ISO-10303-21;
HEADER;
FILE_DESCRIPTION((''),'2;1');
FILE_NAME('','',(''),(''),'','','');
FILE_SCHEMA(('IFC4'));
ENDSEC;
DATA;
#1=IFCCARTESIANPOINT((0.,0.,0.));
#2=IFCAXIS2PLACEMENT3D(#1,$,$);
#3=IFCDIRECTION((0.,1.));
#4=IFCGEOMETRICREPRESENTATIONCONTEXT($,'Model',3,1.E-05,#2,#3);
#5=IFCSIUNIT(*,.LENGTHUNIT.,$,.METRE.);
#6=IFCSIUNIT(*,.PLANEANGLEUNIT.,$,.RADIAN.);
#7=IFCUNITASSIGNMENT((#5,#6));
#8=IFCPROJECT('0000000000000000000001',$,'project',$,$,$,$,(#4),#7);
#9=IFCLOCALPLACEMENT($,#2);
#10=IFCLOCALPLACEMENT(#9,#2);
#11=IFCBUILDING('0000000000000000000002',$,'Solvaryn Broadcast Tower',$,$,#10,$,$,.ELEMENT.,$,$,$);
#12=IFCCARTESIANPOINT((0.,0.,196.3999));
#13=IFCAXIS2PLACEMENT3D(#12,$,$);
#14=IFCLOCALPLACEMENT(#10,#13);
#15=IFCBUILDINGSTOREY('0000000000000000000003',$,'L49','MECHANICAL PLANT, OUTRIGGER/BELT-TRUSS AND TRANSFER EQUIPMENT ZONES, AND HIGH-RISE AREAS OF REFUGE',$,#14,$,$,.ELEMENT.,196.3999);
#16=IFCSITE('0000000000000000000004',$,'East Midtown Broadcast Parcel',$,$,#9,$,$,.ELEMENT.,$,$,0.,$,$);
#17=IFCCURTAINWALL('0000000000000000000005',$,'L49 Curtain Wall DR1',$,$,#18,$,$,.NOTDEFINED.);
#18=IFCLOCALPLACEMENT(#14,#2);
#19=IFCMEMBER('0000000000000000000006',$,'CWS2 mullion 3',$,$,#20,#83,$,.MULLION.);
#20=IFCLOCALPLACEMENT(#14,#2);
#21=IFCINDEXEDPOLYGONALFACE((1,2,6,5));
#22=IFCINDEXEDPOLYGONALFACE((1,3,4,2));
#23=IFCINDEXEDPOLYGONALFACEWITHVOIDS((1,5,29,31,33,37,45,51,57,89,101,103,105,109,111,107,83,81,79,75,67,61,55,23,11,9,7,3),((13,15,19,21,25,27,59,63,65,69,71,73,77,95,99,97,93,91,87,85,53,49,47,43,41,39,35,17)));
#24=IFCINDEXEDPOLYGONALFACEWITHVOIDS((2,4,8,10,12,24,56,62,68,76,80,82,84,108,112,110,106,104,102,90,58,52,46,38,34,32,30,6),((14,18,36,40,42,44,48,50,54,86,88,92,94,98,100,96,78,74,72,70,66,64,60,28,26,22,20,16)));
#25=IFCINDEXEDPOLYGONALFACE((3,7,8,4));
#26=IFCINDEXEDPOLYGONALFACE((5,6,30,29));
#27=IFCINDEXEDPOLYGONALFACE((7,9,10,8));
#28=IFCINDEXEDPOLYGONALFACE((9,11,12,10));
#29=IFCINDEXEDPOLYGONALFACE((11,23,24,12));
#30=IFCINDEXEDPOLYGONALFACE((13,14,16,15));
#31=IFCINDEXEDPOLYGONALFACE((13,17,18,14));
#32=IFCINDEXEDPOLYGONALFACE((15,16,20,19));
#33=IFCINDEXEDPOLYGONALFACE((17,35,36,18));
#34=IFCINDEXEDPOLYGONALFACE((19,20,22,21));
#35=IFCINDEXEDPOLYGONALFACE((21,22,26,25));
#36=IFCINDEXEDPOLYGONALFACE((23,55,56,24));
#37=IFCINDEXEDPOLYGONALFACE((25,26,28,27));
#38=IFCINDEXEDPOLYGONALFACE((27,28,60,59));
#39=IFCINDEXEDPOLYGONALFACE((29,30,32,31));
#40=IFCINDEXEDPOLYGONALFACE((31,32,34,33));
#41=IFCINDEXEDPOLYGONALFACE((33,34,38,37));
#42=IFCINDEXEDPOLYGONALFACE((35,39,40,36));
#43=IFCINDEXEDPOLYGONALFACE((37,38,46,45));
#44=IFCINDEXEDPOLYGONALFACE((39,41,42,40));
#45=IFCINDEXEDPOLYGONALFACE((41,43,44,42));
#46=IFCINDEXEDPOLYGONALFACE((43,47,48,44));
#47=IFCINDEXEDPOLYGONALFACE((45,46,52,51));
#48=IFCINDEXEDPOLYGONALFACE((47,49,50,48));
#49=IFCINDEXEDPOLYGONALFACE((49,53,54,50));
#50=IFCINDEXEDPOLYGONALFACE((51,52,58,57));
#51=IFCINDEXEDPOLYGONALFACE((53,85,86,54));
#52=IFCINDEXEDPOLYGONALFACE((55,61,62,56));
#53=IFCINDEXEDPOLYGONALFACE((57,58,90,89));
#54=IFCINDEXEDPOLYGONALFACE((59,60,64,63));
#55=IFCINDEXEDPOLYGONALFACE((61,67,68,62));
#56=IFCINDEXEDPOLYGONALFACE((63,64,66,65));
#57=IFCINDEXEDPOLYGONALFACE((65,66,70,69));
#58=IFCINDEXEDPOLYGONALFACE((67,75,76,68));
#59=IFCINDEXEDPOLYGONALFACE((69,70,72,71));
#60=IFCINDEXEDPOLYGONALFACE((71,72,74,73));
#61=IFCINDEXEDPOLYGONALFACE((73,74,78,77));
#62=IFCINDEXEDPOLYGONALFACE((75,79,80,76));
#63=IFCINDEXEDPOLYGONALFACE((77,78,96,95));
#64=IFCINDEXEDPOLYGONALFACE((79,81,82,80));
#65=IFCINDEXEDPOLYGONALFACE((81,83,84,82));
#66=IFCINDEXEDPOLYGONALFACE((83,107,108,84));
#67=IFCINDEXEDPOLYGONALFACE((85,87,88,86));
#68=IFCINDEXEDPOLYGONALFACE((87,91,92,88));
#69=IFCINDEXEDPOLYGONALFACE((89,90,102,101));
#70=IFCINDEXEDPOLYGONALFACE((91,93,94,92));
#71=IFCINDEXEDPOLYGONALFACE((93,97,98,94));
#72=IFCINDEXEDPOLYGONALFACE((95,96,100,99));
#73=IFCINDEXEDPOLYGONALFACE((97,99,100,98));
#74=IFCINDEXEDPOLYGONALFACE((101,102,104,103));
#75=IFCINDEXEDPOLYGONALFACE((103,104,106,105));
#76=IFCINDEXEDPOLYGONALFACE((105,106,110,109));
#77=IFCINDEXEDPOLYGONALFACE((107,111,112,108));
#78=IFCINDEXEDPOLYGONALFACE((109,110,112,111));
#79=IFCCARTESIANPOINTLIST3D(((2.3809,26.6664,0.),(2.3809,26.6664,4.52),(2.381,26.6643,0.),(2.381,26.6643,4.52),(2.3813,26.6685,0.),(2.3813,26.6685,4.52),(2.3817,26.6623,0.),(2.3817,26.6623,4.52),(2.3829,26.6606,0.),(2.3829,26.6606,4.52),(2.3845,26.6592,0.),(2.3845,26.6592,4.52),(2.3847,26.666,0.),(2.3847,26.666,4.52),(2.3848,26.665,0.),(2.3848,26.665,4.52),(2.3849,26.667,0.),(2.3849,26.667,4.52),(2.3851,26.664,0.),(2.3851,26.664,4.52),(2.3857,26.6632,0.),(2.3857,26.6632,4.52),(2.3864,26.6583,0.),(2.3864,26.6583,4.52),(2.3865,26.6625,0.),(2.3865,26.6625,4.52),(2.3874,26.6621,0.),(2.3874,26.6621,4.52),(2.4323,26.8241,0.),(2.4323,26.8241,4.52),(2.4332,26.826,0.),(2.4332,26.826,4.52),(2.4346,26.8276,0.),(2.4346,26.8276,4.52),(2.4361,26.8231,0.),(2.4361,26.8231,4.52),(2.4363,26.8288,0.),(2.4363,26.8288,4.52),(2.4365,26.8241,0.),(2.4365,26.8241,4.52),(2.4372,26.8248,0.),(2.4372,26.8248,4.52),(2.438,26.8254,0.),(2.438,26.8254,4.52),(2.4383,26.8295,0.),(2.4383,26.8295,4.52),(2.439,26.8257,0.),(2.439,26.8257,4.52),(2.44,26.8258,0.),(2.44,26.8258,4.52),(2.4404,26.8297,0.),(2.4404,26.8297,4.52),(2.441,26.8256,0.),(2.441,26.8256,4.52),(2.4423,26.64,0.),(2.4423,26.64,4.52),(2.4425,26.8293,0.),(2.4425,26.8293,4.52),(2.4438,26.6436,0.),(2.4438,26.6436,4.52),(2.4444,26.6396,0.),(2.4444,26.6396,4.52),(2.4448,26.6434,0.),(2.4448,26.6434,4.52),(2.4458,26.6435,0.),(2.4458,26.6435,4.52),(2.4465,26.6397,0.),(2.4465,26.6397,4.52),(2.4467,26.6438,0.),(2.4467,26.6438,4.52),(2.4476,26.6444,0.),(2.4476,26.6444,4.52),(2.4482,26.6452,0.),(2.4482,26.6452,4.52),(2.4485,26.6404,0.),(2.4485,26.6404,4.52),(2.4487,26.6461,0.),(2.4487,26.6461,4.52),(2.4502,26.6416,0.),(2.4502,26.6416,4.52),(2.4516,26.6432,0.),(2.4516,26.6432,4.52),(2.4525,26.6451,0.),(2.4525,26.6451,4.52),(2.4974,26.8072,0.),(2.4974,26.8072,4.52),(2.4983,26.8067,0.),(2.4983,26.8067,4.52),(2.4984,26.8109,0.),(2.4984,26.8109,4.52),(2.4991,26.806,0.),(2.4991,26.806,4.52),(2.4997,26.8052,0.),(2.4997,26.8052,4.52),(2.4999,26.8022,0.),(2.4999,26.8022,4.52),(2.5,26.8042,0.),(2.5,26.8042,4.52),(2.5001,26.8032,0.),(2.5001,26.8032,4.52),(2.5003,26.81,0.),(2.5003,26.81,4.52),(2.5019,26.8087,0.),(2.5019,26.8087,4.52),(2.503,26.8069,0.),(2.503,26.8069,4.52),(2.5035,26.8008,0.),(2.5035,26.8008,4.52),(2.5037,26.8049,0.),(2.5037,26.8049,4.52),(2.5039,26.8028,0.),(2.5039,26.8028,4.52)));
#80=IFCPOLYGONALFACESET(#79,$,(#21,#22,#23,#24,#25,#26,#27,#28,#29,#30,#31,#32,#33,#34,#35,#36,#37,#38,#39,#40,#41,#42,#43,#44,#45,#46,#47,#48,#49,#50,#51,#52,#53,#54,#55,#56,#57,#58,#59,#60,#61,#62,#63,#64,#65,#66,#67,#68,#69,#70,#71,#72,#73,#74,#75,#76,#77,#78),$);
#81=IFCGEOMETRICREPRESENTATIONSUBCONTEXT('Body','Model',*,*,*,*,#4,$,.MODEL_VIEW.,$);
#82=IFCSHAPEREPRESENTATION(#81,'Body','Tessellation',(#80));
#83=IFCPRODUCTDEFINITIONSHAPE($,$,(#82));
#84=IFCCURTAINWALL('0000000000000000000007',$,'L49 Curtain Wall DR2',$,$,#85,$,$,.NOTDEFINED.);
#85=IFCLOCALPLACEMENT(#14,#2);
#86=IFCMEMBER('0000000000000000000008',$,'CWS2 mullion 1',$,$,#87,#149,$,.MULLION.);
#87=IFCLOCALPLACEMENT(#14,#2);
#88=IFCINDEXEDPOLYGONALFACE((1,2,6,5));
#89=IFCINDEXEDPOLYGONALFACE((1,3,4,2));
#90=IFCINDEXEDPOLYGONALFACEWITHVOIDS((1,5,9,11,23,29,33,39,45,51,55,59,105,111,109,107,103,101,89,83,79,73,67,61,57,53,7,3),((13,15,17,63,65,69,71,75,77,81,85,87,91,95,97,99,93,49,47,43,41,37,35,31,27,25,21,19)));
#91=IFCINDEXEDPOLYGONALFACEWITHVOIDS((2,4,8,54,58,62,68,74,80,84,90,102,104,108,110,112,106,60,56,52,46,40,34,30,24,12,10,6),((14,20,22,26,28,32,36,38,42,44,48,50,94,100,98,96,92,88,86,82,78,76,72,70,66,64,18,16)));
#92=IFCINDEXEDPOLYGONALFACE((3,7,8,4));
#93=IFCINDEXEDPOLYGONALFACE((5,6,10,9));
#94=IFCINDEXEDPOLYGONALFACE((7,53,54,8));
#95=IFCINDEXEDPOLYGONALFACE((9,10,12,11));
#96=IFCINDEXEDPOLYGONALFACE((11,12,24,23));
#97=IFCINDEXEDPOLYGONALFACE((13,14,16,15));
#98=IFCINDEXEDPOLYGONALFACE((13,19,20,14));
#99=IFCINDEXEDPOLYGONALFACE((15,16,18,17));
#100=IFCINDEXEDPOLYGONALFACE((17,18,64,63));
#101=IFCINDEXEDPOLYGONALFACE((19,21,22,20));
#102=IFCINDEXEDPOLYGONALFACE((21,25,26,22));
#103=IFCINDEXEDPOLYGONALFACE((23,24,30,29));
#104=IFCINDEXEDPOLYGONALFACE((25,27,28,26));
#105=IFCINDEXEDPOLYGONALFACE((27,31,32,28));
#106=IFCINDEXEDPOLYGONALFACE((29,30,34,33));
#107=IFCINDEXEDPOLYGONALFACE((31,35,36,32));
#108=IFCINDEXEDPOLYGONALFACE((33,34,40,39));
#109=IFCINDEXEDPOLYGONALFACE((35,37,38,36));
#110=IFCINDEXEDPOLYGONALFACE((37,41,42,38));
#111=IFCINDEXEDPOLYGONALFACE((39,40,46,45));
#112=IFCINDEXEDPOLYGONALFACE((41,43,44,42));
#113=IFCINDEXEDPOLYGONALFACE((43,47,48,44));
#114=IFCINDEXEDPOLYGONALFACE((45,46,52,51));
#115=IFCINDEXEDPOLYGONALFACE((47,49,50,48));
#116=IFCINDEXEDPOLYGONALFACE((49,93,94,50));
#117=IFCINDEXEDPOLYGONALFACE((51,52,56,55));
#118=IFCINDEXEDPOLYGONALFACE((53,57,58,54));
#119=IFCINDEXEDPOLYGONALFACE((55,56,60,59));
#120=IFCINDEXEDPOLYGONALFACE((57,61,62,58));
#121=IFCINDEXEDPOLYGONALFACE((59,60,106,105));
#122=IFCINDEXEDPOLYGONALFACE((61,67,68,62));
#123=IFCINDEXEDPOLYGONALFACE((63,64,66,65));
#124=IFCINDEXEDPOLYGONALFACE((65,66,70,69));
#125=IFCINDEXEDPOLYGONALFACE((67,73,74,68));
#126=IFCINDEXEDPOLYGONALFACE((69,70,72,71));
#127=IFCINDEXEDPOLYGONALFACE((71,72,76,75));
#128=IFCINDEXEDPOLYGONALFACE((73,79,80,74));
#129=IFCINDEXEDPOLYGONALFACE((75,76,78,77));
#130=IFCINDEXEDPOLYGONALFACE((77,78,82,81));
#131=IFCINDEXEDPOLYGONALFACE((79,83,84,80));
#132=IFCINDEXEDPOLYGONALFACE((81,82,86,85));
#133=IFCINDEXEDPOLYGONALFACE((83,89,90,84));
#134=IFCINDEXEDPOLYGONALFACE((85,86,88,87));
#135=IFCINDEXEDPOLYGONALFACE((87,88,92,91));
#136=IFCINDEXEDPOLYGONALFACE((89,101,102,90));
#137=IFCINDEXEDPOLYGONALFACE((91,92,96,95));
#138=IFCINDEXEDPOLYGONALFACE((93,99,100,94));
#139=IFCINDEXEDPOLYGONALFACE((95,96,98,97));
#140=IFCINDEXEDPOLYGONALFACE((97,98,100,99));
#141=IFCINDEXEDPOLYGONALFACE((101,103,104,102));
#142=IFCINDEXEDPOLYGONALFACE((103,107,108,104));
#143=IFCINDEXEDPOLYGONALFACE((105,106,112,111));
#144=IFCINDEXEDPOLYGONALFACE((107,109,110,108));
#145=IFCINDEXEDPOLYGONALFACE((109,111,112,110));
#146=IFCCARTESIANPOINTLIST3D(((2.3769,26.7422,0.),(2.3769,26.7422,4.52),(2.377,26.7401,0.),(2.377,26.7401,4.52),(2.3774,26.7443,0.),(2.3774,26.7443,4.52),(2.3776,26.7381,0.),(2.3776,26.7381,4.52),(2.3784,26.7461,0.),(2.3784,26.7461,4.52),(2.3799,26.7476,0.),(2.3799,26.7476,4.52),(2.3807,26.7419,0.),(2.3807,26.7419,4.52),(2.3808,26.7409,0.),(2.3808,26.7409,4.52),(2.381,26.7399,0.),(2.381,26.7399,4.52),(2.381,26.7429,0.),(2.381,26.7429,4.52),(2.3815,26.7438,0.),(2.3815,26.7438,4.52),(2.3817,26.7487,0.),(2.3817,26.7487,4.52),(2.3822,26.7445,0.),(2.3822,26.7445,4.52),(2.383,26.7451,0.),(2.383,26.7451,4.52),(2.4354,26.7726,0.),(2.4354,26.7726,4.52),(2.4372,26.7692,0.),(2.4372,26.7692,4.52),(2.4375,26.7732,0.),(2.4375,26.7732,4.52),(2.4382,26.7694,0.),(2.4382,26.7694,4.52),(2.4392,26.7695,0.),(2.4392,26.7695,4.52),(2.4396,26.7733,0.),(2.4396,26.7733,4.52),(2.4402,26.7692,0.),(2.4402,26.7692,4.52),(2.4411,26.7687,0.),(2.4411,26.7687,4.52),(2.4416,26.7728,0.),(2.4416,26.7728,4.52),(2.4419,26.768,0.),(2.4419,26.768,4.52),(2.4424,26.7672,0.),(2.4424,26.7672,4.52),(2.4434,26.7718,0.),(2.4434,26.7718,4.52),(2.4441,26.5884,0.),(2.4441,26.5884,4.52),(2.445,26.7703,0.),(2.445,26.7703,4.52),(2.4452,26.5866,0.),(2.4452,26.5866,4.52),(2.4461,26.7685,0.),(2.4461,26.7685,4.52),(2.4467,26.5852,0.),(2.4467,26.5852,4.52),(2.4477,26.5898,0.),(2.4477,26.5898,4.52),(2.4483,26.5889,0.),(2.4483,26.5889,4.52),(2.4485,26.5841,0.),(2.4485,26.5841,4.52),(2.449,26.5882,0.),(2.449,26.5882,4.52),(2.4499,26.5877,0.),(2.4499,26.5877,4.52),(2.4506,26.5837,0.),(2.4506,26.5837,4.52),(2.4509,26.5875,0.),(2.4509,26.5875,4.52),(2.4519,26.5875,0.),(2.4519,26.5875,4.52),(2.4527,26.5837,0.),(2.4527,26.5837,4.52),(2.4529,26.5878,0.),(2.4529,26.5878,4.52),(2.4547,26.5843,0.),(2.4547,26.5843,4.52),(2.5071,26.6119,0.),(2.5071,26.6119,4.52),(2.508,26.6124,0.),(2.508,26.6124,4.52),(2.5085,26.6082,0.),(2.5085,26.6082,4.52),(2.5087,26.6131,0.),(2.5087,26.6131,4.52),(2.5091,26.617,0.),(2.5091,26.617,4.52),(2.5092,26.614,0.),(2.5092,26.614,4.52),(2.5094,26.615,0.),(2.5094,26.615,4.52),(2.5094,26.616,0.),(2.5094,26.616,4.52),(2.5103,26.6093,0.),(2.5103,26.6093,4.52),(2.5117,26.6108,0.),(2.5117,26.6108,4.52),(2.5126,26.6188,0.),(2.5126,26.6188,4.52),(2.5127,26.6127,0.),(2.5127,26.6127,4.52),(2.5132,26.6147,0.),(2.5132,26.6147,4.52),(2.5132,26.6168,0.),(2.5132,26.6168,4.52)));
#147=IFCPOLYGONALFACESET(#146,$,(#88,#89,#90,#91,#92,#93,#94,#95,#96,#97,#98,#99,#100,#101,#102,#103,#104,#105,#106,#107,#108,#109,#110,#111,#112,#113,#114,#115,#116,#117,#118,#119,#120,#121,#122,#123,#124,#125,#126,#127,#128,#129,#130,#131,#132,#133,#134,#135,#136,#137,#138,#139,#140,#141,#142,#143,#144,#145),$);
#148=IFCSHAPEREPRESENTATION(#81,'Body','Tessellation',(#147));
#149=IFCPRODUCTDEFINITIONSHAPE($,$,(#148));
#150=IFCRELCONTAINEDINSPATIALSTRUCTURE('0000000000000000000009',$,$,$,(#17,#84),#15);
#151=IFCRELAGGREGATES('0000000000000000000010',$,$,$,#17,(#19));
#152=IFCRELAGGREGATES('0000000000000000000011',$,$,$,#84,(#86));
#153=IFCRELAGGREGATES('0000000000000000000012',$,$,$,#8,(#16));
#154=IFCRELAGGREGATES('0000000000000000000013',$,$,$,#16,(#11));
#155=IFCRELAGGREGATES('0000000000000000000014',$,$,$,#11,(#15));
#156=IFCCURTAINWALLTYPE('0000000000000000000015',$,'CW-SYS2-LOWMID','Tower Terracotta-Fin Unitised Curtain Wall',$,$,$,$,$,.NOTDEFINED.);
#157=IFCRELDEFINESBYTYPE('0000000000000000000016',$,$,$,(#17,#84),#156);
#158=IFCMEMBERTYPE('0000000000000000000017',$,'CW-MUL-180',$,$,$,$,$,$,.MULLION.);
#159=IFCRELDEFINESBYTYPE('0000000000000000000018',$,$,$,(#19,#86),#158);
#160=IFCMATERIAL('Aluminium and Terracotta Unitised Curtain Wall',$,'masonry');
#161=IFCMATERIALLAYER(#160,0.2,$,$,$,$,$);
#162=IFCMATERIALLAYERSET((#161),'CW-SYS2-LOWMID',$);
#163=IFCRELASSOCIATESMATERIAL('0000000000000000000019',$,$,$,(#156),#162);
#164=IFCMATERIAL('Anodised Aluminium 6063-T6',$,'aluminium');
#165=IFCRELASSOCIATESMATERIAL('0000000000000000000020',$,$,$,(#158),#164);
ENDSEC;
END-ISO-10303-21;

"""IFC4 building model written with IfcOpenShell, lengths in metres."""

from ifc_helpers import new_model, si_unit, direction, frame, origin, origin_2d, place, context, subcontext, project, spatial, hollow_rectangle, extrude, material, layer, layer_set, material_profile, profile_set, type_object, element, aggregate, save


model = new_model("IFC4")

# Units and contexts
model_context = context("Model", 3, precision=1e-05, world=origin(), true_north=direction((0.0, 1.0)))
body_context = subcontext(model_context, "Body", "Model", "MODEL_VIEW")
ifc_project = project(units=[si_unit("LENGTHUNIT", "METRE"), si_unit("PLANEANGLEUNIT", "RADIAN")], contexts=[model_context])

# Site, building, storey
site_placement = place(None, origin())
site = spatial("IfcSite", under=ifc_project, at=site_placement, Name="East Midtown Broadcast Parcel", CompositionType="ELEMENT", RefElevation=0.0)
building_placement = place(site_placement, origin())
building = spatial("IfcBuilding", under=site, at=building_placement, Name="Solvaryn Broadcast Tower", CompositionType="ELEMENT")
storey_placement = place(building_placement, frame((0.0, 0.0, 196.3999)))
storey = spatial("IfcBuildingStorey", under=building, at=storey_placement, Name="L49", Description="MECHANICAL PLANT, OUTRIGGER/BELT-TRUSS AND TRANSFER EQUIPMENT ZONES, AND HIGH-RISE AREAS OF REFUGE", CompositionType="ELEMENT", Elevation=196.3999)

# Curtain wall, member
ifc_material_1 = material(Name="Aluminium and Terracotta Unitised Curtain Wall", Category="masonry")
ifc_layer_1 = layer(ifc_material_1, 0.2)
ifc_layer_set_1 = layer_set([ifc_layer_1], Name="CW-SYS2-LOWMID")
curtain_wall_type = type_object("IfcCurtainWallType", Name="CW-SYS2-LOWMID", Description="Tower Terracotta-Fin Unitised Curtain Wall", PredefinedType="NOTDEFINED", material=ifc_layer_set_1)
curtain_wall_1_placement = place(storey_placement, origin())
curtain_wall_1 = element("IfcCurtainWall", 1, at=curtain_wall_1_placement, inside=storey, type_object=curtain_wall_type, Name="L49 Curtain Wall DR1", PredefinedType="NOTDEFINED")
ifc_material_2 = material(Name="Anodised Aluminium 6063-T6", Category="aluminium")
ifc_material_profile_1 = material_profile(ifc_material_2, hollow_rectangle(XDim=0.075, YDim=0.1799, WallThickness=0.0039, InnerFilletRadius=0.0039, OuterFilletRadius=0.0081, at=origin_2d()))
ifc_profile_set_1 = profile_set([ifc_material_profile_1], Name="Anodised Aluminium 6063-T6")
member_type_1 = type_object("IfcMemberType", Name="CW-MUL-180", PredefinedType="MULLION", material=ifc_profile_set_1)
member_1_placement = place(storey_placement, frame((2.4424, 26.7346, 0.0), z_axis=(0.0, 0.0, 1.0), x_axis=(0.950227, -0.311559, 0.0)))
member_1 = element("IfcMember", 2, at=member_1_placement, type_object=member_type_1, Name="CWS2 mullion 3", PredefinedType="MULLION", context=body_context, shape_type="SweptSolid", body=[
    extrude(hollow_rectangle(XDim=0.075, YDim=0.1799, WallThickness=0.0039, InnerFilletRadius=0.0039, OuterFilletRadius=0.0081, at=origin_2d()), origin(), (0.0, 0.0, 1.0), 4.52),
])

# Curtain wall, member
curtain_wall_2_placement = place(storey_placement, origin())
curtain_wall_2 = element("IfcCurtainWall", 3, at=curtain_wall_2_placement, inside=storey, type_object=curtain_wall_type, Name="L49 Curtain Wall DR2", PredefinedType="NOTDEFINED")
member_2_placement = place(storey_placement, frame((2.4451, 26.6785, 0.0), z_axis=(0.0, 0.0, 1.0), x_axis=(0.913917, 0.405901, 0.0)))
member_2 = element("IfcMember", 4, at=member_2_placement, type_object=member_type_1, Name="CWS2 mullion 1", PredefinedType="MULLION", context=body_context, shape_type="SweptSolid", body=[
    extrude(hollow_rectangle(XDim=0.075, YDim=0.1799, WallThickness=0.0039, InnerFilletRadius=0.0039, OuterFilletRadius=0.0081, at=origin_2d()), origin(), (0.0, 0.0, 1.0), 4.52),
])

aggregate(curtain_wall_1, [member_1])
aggregate(curtain_wall_2, [member_2])

save(model, "model.ifc")
